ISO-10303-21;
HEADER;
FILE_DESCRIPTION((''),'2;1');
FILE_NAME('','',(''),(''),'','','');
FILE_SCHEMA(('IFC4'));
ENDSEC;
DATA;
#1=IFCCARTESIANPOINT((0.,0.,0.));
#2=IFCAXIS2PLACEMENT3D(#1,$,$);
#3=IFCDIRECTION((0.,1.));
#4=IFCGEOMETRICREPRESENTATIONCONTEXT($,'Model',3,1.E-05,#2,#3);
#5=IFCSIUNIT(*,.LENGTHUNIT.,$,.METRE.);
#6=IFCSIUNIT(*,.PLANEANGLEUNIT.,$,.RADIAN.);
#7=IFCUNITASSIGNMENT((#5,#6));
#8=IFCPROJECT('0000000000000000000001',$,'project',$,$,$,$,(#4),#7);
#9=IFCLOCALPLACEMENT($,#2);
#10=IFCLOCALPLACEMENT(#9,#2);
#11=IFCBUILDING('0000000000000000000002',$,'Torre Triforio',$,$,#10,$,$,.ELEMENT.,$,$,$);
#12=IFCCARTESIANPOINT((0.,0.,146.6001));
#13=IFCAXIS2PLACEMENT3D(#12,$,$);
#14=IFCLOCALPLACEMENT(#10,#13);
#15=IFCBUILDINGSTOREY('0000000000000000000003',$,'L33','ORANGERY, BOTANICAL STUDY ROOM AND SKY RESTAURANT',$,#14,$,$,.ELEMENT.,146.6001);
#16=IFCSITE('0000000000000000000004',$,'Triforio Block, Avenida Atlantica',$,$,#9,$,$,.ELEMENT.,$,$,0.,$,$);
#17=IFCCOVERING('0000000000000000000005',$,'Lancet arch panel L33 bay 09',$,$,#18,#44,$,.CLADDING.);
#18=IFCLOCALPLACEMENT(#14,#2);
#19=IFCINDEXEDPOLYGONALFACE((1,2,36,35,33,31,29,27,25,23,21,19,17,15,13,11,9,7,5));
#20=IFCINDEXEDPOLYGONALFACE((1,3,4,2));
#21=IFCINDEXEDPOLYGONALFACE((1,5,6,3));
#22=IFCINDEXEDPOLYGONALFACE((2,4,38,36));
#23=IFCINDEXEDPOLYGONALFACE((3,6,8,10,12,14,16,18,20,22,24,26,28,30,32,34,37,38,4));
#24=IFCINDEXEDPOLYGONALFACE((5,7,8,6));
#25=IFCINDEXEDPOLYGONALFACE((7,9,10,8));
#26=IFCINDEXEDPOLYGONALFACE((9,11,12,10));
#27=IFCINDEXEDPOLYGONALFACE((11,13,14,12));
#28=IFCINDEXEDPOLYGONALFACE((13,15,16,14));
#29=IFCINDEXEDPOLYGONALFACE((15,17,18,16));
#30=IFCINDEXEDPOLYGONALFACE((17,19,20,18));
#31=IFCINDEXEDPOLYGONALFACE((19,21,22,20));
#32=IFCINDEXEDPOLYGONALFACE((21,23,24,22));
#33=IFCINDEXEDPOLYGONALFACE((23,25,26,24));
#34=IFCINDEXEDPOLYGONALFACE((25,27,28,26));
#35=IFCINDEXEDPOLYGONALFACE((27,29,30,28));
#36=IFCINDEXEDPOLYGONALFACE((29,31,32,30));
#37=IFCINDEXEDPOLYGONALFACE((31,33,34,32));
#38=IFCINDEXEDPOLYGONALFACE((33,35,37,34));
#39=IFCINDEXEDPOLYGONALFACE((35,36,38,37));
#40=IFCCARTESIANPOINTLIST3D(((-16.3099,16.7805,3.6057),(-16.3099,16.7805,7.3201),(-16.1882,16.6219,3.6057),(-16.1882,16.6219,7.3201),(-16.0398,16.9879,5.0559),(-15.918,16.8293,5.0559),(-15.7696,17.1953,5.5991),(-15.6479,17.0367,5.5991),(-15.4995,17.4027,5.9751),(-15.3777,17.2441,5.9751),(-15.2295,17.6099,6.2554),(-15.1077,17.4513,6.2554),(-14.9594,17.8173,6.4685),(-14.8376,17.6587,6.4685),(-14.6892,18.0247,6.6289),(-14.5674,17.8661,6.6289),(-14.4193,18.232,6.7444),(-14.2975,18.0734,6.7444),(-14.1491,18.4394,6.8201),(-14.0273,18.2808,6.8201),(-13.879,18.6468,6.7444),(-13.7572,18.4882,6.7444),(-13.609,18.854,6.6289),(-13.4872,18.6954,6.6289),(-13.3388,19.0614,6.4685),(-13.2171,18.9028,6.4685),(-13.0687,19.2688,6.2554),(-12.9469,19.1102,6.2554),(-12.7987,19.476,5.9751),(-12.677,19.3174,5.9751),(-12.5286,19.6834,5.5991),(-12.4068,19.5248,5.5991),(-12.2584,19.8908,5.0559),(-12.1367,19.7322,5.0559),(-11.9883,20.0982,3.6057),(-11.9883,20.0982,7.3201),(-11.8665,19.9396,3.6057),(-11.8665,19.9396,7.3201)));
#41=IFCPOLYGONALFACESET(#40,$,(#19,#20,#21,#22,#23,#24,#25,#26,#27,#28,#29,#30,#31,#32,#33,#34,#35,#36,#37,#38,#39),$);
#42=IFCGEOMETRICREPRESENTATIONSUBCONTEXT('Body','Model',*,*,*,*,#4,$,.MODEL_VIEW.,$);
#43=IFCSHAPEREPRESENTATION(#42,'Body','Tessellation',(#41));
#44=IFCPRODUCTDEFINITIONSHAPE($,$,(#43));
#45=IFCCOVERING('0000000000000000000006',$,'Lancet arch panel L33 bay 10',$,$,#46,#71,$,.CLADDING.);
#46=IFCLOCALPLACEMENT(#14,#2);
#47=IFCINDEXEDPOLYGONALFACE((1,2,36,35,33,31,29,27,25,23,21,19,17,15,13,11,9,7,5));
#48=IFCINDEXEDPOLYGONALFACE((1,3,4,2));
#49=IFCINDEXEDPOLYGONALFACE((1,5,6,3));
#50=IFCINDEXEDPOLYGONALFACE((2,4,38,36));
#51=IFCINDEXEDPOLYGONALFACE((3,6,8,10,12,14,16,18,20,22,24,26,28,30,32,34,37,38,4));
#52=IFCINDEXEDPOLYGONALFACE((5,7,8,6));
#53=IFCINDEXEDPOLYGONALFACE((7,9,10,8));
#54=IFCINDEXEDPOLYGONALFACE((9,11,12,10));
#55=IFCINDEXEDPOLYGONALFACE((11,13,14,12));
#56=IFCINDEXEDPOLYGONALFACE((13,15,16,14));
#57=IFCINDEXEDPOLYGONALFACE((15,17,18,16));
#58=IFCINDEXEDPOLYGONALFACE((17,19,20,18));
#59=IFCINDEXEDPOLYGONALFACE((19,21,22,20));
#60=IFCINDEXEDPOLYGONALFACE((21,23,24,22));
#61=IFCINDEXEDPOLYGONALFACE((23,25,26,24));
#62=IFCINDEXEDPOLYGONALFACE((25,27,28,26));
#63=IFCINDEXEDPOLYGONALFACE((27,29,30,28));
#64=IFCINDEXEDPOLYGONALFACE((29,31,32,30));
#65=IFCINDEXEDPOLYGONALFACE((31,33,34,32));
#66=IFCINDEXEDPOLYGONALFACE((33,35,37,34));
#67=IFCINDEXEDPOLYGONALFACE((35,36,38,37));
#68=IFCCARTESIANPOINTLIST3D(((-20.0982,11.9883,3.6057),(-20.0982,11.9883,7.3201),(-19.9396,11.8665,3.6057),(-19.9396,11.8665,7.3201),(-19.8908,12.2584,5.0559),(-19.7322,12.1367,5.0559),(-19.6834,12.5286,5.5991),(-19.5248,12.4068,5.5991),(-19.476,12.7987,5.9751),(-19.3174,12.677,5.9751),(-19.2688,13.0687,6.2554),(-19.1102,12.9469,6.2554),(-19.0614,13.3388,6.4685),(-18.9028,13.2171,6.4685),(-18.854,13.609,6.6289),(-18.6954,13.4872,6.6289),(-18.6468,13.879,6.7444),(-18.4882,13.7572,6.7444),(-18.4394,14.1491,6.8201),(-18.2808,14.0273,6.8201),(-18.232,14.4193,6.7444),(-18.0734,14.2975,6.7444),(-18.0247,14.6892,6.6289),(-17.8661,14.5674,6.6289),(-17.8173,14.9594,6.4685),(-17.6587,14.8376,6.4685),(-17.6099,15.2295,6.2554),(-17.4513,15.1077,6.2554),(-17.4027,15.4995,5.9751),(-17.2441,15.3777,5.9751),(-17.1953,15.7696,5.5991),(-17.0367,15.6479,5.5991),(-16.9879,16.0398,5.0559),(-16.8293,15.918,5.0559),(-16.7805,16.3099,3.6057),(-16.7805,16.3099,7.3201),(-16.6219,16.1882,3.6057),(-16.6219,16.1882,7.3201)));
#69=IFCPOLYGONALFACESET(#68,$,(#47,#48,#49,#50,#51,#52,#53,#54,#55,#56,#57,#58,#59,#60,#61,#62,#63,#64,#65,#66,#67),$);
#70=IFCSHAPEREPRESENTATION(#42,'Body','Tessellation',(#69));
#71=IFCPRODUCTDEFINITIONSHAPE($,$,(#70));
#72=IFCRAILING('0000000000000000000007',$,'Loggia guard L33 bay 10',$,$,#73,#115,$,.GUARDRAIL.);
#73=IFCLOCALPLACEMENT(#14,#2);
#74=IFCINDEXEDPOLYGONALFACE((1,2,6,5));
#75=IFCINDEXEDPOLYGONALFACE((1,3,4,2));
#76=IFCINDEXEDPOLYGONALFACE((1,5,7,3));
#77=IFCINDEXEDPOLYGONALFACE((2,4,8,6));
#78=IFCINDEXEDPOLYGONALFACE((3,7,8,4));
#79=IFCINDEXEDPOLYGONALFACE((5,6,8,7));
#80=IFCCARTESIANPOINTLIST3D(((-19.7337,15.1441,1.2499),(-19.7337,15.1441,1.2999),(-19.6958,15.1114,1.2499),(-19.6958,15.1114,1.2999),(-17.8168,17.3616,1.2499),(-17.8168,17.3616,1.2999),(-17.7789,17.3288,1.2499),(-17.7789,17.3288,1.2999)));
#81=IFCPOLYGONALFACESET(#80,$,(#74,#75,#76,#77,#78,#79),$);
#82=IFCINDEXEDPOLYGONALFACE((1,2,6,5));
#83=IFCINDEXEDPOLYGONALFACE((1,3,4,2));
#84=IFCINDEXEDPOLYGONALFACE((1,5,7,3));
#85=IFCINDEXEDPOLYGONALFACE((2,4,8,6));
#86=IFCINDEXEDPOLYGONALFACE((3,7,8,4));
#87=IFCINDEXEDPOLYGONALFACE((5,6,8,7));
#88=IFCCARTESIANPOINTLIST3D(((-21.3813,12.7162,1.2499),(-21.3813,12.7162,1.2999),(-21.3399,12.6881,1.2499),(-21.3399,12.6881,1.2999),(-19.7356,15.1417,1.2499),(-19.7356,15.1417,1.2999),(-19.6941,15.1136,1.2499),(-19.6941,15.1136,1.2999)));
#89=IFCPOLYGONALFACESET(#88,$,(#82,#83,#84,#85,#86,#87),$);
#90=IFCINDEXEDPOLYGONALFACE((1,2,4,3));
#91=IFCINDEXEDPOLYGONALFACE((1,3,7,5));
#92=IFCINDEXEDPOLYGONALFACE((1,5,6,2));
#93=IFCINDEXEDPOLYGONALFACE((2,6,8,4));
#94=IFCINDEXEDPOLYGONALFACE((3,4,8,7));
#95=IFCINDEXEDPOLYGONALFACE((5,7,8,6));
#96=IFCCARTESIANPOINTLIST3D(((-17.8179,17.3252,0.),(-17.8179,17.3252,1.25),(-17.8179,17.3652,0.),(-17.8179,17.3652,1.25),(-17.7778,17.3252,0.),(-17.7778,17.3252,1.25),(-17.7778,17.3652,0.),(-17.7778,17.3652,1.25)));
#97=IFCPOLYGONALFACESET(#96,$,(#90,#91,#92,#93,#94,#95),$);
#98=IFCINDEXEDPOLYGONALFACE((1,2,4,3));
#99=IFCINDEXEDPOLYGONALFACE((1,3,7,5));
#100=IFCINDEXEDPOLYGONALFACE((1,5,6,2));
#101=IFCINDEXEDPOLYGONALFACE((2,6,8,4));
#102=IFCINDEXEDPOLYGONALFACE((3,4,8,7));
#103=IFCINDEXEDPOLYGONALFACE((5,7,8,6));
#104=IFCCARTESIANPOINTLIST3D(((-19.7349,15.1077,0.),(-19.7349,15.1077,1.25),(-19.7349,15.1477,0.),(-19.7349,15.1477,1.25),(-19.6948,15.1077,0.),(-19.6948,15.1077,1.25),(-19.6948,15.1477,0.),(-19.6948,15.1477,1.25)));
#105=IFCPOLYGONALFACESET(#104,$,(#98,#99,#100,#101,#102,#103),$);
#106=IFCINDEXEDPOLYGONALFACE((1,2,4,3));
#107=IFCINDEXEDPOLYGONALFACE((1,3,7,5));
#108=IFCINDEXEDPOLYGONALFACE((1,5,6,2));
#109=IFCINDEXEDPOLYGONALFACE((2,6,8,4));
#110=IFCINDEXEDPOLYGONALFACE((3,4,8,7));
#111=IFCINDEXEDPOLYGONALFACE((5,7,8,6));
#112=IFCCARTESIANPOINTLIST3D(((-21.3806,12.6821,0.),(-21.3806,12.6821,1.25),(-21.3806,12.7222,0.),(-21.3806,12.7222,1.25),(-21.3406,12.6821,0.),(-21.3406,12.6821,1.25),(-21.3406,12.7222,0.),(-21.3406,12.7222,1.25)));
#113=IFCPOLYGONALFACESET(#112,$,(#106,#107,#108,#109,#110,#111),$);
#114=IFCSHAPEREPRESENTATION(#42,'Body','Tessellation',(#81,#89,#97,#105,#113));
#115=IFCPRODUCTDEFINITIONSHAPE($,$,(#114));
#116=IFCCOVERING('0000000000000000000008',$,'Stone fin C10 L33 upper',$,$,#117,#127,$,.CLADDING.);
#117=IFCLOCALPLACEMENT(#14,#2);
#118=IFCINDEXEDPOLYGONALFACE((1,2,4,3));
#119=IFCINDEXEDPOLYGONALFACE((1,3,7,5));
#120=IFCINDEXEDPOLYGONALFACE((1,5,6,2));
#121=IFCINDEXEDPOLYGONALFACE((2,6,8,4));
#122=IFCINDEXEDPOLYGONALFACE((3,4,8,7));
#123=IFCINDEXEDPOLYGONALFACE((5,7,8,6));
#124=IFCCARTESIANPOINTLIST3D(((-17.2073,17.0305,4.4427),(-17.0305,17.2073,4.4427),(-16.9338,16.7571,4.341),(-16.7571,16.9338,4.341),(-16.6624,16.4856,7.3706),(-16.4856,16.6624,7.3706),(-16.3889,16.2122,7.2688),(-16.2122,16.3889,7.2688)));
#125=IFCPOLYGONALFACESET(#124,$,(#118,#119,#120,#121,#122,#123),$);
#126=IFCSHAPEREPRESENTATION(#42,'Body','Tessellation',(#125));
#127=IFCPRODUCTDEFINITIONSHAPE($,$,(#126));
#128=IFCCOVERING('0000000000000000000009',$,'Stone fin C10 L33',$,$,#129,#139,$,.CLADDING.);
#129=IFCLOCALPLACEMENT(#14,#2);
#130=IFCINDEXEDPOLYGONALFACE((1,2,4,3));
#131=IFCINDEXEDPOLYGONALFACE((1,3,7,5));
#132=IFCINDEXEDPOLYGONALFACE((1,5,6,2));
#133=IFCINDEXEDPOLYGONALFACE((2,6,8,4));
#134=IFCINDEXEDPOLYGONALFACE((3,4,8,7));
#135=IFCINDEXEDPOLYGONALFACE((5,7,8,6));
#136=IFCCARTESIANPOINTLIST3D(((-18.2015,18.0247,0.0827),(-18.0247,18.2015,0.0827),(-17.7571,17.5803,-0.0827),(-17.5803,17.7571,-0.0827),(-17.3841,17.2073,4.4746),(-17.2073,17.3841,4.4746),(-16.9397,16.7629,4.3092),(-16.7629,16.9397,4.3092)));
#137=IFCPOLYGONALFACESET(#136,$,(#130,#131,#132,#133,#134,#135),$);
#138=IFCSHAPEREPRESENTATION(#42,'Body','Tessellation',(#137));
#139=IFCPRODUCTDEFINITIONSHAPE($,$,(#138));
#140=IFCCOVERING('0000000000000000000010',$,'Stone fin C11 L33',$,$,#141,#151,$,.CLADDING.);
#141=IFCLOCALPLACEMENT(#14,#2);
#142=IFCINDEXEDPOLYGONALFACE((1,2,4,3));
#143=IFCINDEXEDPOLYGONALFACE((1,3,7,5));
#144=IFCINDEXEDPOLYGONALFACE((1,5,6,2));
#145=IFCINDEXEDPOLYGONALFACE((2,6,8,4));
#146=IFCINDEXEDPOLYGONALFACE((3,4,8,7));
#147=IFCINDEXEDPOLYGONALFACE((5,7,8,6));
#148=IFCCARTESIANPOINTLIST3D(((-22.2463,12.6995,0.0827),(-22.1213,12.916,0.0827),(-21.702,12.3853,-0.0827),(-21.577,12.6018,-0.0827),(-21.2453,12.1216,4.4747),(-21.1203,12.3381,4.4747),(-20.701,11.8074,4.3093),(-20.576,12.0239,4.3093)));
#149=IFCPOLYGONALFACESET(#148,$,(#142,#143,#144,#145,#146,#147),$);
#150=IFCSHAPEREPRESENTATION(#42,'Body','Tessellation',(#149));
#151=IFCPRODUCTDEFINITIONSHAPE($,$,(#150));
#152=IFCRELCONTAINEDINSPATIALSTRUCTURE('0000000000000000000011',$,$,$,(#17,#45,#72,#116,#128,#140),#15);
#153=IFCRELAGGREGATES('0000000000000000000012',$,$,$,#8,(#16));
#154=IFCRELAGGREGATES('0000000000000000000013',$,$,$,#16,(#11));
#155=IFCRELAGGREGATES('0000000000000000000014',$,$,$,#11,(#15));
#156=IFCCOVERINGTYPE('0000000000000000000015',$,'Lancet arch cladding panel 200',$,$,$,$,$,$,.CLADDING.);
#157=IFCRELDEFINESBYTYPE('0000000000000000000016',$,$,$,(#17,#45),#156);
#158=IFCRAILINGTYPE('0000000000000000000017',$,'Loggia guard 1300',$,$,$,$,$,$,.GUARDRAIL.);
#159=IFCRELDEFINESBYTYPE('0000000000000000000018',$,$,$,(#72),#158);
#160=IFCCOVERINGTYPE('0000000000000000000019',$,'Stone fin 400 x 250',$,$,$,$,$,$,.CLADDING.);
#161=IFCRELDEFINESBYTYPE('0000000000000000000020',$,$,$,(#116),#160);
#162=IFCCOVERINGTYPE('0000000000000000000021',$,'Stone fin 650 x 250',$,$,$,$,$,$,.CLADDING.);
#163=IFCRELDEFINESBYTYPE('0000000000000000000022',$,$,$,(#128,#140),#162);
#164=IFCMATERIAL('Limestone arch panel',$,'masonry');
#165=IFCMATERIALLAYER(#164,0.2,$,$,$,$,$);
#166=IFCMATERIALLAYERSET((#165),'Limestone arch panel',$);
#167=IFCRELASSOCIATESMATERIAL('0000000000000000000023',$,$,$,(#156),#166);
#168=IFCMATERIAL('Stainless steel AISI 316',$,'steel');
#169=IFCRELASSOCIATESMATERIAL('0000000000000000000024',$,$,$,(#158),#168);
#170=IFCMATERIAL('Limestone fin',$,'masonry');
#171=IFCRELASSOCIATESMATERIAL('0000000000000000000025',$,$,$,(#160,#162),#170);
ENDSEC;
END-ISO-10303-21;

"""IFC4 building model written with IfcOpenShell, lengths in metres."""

from ifc_helpers import new_model, si_unit, direction, frame, origin, origin_2d, place, context, subcontext, project, spatial, polyline, rectangle, outline, extrude, material, layer, layer_set, material_profile, profile_set, type_object, element, save


model = new_model("IFC4")

# Units and contexts
model_context = context("Model", 3, precision=1e-05, world=origin(), true_north=direction((0.0, 1.0)))
body_context = subcontext(model_context, "Body", "Model", "MODEL_VIEW")
ifc_project = project(units=[si_unit("LENGTHUNIT", "METRE"), si_unit("PLANEANGLEUNIT", "RADIAN")], contexts=[model_context])

# Site, building, storey
site_placement = place(None, origin())
site = spatial("IfcSite", under=ifc_project, at=site_placement, Name="Triforio Block, Avenida Atlantica", CompositionType="ELEMENT", RefElevation=0.0)
building_placement = place(site_placement, origin())
building = spatial("IfcBuilding", under=site, at=building_placement, Name="Torre Triforio", CompositionType="ELEMENT")
storey_placement = place(building_placement, frame((0.0, 0.0, 146.6001)))
storey = spatial("IfcBuildingStorey", under=building, at=storey_placement, Name="L33", Description="ORANGERY, BOTANICAL STUDY ROOM AND SKY RESTAURANT", CompositionType="ELEMENT", Elevation=146.6001)

# Coverings
ifc_material_1 = material(Name="Limestone arch panel", Category="masonry")
ifc_layer_1 = layer(ifc_material_1, 0.2)
ifc_layer_set_1 = layer_set([ifc_layer_1], Name="Limestone arch panel")
covering_type_1 = type_object("IfcCoveringType", Name="Lancet arch cladding panel 200", PredefinedType="CLADDING", material=ifc_layer_set_1)
for number, where, z_axis, x_axis, name in (
    (1, (-14.0273, 18.2808, 0.0), (-0.608944, 0.793213, 0.0), (-0.793213, -0.608944, 0.0), "Lancet arch panel L33 bay 09"),
    (2, (-18.2808, 14.0273, 0.0), (-0.793213, 0.608944, 0.0), (-0.608944, -0.793213, 0.0), "Lancet arch panel L33 bay 10"),
):
    element("IfcCovering", number, at=place(storey_placement, frame(where, z_axis=z_axis, x_axis=x_axis)), inside=storey, type_object=covering_type_1, Name=name, PredefinedType="CLADDING", context=body_context, shape_type="SweptSolid", body=[
        extrude(outline(polyline([(-2.7241, 7.3201), (-2.7241, 3.6057), (-2.3835, 5.0559), (-2.043, 5.5991), (-1.7024, 5.9751), (-1.3621, 6.2554), (-1.0215, 6.4685), (-0.6809, 6.6289), (-0.3406, 6.7444), (0.0, 6.8201), (0.3406, 6.7444), (0.6809, 6.6289), (1.0215, 6.4685), (1.3621, 6.2554), (1.7024, 5.9751), (2.043, 5.5991), (2.3835, 5.0559), (2.7241, 3.6057), (2.7241, 7.3201), (-2.7241, 7.3201)])), origin(), (0.0, 0.0, 1.0), 0.2),
    ])

# Railing
ifc_material_2 = material(Name="Stainless steel AISI 316", Category="steel")
railing_type = type_object("IfcRailingType", Name="Loggia guard 1300", PredefinedType="GUARDRAIL", material=ifc_material_2)
railing_placement = place(storey_placement, frame((-17.7979, 17.3452, 0.0)))
element("IfcRailing", 3, at=railing_placement, inside=storey, type_object=railing_type, Name="Loggia guard L33 bay 10", PredefinedType="GUARDRAIL", context=body_context, shape_type="SweptSolid", body=[
    extrude(rectangle(XDim=0.05, YDim=0.05, at=origin_2d()), frame((0.0, 0.0, 1.2749), z_axis=(-0.653982, -0.75651, 0.0), x_axis=(0.75651, -0.653982, 0.0)), (0.0, 0.0, 1.0), 2.9312),
    extrude(rectangle(XDim=0.05, YDim=0.05, at=origin_2d()), frame((-1.917, -2.2175, 1.2749), z_axis=(-0.561467, -0.827499, 0.0), x_axis=(0.827499, -0.561467, 0.0)), (0.0, 0.0, 1.0), 2.9312),
    extrude(rectangle(XDim=0.04, YDim=0.04, at=origin_2d()), origin(), (0.0, 0.0, 1.0), 1.25),
    extrude(rectangle(XDim=0.04, YDim=0.04, at=origin_2d()), frame((-1.917, -2.2175, 0.0)), (0.0, 0.0, 1.0), 1.25),
    extrude(rectangle(XDim=0.04, YDim=0.04, at=origin_2d()), frame((-3.5627, -4.6431, 0.0)), (0.0, 0.0, 1.0), 1.25),
])

# Coverings
ifc_material_3 = material(Name="Limestone fin", Category="masonry")
ifc_material_profile_1 = material_profile(ifc_material_3, rectangle(XDim=0.3999, YDim=0.25, at=origin_2d()), Name="FIN 400x250")
ifc_profile_set_1 = profile_set([ifc_material_profile_1], Name="Limestone fin")
covering_type_2 = type_object("IfcCoveringType", Name="Stone fin 400 x 250", PredefinedType="CLADDING", material=ifc_profile_set_1)
covering_placement = place(storey_placement, frame((-16.9822, 16.9822, 4.3918), z_axis=(0.179979, -0.179979, 0.967065), x_axis=(-0.683818, 0.683818, 0.254529)))
element("IfcCovering", 4, at=covering_placement, inside=storey, type_object=covering_type_2, Name="Stone fin C10 L33 upper", PredefinedType="CLADDING", context=body_context, shape_type="SweptSolid", body=[
    extrude(rectangle(XDim=0.3999, YDim=0.25, at=origin_2d()), origin(), (0.0, 0.0, 1.0), 3.0276),
])
ifc_material_profile_2 = material_profile(ifc_material_3, rectangle(XDim=0.6499, YDim=0.25, at=origin_2d()), Name="FIN 650x250")
ifc_profile_set_2 = profile_set([ifc_material_profile_2], Name="Limestone fin")
covering_type_3 = type_object("IfcCoveringType", Name="Stone fin 650 x 250", PredefinedType="CLADDING", material=ifc_profile_set_2)
for number, where, z_axis, x_axis, name in (
    (5, (-17.8909, 17.8909, 0.0), (0.179984, -0.179984, 0.967063), (-0.683817, 0.683817, 0.254536), "Stone fin C10 L33"),
    (6, (-21.9116, 12.6506, 0.0), (0.220412, -0.127248, 0.967071), (-0.83752, 0.483515, 0.254506), "Stone fin C11 L33"),
):
    element("IfcCovering", number, at=place(storey_placement, frame(where, z_axis=z_axis, x_axis=x_axis)), inside=storey, type_object=covering_type_3, Name=name, PredefinedType="CLADDING", context=body_context, shape_type="SweptSolid", body=[
        extrude(rectangle(XDim=0.6499, YDim=0.25, at=origin_2d()), origin(), (0.0, 0.0, 1.0), 4.5415),
    ])

save(model, "model.ifc")
